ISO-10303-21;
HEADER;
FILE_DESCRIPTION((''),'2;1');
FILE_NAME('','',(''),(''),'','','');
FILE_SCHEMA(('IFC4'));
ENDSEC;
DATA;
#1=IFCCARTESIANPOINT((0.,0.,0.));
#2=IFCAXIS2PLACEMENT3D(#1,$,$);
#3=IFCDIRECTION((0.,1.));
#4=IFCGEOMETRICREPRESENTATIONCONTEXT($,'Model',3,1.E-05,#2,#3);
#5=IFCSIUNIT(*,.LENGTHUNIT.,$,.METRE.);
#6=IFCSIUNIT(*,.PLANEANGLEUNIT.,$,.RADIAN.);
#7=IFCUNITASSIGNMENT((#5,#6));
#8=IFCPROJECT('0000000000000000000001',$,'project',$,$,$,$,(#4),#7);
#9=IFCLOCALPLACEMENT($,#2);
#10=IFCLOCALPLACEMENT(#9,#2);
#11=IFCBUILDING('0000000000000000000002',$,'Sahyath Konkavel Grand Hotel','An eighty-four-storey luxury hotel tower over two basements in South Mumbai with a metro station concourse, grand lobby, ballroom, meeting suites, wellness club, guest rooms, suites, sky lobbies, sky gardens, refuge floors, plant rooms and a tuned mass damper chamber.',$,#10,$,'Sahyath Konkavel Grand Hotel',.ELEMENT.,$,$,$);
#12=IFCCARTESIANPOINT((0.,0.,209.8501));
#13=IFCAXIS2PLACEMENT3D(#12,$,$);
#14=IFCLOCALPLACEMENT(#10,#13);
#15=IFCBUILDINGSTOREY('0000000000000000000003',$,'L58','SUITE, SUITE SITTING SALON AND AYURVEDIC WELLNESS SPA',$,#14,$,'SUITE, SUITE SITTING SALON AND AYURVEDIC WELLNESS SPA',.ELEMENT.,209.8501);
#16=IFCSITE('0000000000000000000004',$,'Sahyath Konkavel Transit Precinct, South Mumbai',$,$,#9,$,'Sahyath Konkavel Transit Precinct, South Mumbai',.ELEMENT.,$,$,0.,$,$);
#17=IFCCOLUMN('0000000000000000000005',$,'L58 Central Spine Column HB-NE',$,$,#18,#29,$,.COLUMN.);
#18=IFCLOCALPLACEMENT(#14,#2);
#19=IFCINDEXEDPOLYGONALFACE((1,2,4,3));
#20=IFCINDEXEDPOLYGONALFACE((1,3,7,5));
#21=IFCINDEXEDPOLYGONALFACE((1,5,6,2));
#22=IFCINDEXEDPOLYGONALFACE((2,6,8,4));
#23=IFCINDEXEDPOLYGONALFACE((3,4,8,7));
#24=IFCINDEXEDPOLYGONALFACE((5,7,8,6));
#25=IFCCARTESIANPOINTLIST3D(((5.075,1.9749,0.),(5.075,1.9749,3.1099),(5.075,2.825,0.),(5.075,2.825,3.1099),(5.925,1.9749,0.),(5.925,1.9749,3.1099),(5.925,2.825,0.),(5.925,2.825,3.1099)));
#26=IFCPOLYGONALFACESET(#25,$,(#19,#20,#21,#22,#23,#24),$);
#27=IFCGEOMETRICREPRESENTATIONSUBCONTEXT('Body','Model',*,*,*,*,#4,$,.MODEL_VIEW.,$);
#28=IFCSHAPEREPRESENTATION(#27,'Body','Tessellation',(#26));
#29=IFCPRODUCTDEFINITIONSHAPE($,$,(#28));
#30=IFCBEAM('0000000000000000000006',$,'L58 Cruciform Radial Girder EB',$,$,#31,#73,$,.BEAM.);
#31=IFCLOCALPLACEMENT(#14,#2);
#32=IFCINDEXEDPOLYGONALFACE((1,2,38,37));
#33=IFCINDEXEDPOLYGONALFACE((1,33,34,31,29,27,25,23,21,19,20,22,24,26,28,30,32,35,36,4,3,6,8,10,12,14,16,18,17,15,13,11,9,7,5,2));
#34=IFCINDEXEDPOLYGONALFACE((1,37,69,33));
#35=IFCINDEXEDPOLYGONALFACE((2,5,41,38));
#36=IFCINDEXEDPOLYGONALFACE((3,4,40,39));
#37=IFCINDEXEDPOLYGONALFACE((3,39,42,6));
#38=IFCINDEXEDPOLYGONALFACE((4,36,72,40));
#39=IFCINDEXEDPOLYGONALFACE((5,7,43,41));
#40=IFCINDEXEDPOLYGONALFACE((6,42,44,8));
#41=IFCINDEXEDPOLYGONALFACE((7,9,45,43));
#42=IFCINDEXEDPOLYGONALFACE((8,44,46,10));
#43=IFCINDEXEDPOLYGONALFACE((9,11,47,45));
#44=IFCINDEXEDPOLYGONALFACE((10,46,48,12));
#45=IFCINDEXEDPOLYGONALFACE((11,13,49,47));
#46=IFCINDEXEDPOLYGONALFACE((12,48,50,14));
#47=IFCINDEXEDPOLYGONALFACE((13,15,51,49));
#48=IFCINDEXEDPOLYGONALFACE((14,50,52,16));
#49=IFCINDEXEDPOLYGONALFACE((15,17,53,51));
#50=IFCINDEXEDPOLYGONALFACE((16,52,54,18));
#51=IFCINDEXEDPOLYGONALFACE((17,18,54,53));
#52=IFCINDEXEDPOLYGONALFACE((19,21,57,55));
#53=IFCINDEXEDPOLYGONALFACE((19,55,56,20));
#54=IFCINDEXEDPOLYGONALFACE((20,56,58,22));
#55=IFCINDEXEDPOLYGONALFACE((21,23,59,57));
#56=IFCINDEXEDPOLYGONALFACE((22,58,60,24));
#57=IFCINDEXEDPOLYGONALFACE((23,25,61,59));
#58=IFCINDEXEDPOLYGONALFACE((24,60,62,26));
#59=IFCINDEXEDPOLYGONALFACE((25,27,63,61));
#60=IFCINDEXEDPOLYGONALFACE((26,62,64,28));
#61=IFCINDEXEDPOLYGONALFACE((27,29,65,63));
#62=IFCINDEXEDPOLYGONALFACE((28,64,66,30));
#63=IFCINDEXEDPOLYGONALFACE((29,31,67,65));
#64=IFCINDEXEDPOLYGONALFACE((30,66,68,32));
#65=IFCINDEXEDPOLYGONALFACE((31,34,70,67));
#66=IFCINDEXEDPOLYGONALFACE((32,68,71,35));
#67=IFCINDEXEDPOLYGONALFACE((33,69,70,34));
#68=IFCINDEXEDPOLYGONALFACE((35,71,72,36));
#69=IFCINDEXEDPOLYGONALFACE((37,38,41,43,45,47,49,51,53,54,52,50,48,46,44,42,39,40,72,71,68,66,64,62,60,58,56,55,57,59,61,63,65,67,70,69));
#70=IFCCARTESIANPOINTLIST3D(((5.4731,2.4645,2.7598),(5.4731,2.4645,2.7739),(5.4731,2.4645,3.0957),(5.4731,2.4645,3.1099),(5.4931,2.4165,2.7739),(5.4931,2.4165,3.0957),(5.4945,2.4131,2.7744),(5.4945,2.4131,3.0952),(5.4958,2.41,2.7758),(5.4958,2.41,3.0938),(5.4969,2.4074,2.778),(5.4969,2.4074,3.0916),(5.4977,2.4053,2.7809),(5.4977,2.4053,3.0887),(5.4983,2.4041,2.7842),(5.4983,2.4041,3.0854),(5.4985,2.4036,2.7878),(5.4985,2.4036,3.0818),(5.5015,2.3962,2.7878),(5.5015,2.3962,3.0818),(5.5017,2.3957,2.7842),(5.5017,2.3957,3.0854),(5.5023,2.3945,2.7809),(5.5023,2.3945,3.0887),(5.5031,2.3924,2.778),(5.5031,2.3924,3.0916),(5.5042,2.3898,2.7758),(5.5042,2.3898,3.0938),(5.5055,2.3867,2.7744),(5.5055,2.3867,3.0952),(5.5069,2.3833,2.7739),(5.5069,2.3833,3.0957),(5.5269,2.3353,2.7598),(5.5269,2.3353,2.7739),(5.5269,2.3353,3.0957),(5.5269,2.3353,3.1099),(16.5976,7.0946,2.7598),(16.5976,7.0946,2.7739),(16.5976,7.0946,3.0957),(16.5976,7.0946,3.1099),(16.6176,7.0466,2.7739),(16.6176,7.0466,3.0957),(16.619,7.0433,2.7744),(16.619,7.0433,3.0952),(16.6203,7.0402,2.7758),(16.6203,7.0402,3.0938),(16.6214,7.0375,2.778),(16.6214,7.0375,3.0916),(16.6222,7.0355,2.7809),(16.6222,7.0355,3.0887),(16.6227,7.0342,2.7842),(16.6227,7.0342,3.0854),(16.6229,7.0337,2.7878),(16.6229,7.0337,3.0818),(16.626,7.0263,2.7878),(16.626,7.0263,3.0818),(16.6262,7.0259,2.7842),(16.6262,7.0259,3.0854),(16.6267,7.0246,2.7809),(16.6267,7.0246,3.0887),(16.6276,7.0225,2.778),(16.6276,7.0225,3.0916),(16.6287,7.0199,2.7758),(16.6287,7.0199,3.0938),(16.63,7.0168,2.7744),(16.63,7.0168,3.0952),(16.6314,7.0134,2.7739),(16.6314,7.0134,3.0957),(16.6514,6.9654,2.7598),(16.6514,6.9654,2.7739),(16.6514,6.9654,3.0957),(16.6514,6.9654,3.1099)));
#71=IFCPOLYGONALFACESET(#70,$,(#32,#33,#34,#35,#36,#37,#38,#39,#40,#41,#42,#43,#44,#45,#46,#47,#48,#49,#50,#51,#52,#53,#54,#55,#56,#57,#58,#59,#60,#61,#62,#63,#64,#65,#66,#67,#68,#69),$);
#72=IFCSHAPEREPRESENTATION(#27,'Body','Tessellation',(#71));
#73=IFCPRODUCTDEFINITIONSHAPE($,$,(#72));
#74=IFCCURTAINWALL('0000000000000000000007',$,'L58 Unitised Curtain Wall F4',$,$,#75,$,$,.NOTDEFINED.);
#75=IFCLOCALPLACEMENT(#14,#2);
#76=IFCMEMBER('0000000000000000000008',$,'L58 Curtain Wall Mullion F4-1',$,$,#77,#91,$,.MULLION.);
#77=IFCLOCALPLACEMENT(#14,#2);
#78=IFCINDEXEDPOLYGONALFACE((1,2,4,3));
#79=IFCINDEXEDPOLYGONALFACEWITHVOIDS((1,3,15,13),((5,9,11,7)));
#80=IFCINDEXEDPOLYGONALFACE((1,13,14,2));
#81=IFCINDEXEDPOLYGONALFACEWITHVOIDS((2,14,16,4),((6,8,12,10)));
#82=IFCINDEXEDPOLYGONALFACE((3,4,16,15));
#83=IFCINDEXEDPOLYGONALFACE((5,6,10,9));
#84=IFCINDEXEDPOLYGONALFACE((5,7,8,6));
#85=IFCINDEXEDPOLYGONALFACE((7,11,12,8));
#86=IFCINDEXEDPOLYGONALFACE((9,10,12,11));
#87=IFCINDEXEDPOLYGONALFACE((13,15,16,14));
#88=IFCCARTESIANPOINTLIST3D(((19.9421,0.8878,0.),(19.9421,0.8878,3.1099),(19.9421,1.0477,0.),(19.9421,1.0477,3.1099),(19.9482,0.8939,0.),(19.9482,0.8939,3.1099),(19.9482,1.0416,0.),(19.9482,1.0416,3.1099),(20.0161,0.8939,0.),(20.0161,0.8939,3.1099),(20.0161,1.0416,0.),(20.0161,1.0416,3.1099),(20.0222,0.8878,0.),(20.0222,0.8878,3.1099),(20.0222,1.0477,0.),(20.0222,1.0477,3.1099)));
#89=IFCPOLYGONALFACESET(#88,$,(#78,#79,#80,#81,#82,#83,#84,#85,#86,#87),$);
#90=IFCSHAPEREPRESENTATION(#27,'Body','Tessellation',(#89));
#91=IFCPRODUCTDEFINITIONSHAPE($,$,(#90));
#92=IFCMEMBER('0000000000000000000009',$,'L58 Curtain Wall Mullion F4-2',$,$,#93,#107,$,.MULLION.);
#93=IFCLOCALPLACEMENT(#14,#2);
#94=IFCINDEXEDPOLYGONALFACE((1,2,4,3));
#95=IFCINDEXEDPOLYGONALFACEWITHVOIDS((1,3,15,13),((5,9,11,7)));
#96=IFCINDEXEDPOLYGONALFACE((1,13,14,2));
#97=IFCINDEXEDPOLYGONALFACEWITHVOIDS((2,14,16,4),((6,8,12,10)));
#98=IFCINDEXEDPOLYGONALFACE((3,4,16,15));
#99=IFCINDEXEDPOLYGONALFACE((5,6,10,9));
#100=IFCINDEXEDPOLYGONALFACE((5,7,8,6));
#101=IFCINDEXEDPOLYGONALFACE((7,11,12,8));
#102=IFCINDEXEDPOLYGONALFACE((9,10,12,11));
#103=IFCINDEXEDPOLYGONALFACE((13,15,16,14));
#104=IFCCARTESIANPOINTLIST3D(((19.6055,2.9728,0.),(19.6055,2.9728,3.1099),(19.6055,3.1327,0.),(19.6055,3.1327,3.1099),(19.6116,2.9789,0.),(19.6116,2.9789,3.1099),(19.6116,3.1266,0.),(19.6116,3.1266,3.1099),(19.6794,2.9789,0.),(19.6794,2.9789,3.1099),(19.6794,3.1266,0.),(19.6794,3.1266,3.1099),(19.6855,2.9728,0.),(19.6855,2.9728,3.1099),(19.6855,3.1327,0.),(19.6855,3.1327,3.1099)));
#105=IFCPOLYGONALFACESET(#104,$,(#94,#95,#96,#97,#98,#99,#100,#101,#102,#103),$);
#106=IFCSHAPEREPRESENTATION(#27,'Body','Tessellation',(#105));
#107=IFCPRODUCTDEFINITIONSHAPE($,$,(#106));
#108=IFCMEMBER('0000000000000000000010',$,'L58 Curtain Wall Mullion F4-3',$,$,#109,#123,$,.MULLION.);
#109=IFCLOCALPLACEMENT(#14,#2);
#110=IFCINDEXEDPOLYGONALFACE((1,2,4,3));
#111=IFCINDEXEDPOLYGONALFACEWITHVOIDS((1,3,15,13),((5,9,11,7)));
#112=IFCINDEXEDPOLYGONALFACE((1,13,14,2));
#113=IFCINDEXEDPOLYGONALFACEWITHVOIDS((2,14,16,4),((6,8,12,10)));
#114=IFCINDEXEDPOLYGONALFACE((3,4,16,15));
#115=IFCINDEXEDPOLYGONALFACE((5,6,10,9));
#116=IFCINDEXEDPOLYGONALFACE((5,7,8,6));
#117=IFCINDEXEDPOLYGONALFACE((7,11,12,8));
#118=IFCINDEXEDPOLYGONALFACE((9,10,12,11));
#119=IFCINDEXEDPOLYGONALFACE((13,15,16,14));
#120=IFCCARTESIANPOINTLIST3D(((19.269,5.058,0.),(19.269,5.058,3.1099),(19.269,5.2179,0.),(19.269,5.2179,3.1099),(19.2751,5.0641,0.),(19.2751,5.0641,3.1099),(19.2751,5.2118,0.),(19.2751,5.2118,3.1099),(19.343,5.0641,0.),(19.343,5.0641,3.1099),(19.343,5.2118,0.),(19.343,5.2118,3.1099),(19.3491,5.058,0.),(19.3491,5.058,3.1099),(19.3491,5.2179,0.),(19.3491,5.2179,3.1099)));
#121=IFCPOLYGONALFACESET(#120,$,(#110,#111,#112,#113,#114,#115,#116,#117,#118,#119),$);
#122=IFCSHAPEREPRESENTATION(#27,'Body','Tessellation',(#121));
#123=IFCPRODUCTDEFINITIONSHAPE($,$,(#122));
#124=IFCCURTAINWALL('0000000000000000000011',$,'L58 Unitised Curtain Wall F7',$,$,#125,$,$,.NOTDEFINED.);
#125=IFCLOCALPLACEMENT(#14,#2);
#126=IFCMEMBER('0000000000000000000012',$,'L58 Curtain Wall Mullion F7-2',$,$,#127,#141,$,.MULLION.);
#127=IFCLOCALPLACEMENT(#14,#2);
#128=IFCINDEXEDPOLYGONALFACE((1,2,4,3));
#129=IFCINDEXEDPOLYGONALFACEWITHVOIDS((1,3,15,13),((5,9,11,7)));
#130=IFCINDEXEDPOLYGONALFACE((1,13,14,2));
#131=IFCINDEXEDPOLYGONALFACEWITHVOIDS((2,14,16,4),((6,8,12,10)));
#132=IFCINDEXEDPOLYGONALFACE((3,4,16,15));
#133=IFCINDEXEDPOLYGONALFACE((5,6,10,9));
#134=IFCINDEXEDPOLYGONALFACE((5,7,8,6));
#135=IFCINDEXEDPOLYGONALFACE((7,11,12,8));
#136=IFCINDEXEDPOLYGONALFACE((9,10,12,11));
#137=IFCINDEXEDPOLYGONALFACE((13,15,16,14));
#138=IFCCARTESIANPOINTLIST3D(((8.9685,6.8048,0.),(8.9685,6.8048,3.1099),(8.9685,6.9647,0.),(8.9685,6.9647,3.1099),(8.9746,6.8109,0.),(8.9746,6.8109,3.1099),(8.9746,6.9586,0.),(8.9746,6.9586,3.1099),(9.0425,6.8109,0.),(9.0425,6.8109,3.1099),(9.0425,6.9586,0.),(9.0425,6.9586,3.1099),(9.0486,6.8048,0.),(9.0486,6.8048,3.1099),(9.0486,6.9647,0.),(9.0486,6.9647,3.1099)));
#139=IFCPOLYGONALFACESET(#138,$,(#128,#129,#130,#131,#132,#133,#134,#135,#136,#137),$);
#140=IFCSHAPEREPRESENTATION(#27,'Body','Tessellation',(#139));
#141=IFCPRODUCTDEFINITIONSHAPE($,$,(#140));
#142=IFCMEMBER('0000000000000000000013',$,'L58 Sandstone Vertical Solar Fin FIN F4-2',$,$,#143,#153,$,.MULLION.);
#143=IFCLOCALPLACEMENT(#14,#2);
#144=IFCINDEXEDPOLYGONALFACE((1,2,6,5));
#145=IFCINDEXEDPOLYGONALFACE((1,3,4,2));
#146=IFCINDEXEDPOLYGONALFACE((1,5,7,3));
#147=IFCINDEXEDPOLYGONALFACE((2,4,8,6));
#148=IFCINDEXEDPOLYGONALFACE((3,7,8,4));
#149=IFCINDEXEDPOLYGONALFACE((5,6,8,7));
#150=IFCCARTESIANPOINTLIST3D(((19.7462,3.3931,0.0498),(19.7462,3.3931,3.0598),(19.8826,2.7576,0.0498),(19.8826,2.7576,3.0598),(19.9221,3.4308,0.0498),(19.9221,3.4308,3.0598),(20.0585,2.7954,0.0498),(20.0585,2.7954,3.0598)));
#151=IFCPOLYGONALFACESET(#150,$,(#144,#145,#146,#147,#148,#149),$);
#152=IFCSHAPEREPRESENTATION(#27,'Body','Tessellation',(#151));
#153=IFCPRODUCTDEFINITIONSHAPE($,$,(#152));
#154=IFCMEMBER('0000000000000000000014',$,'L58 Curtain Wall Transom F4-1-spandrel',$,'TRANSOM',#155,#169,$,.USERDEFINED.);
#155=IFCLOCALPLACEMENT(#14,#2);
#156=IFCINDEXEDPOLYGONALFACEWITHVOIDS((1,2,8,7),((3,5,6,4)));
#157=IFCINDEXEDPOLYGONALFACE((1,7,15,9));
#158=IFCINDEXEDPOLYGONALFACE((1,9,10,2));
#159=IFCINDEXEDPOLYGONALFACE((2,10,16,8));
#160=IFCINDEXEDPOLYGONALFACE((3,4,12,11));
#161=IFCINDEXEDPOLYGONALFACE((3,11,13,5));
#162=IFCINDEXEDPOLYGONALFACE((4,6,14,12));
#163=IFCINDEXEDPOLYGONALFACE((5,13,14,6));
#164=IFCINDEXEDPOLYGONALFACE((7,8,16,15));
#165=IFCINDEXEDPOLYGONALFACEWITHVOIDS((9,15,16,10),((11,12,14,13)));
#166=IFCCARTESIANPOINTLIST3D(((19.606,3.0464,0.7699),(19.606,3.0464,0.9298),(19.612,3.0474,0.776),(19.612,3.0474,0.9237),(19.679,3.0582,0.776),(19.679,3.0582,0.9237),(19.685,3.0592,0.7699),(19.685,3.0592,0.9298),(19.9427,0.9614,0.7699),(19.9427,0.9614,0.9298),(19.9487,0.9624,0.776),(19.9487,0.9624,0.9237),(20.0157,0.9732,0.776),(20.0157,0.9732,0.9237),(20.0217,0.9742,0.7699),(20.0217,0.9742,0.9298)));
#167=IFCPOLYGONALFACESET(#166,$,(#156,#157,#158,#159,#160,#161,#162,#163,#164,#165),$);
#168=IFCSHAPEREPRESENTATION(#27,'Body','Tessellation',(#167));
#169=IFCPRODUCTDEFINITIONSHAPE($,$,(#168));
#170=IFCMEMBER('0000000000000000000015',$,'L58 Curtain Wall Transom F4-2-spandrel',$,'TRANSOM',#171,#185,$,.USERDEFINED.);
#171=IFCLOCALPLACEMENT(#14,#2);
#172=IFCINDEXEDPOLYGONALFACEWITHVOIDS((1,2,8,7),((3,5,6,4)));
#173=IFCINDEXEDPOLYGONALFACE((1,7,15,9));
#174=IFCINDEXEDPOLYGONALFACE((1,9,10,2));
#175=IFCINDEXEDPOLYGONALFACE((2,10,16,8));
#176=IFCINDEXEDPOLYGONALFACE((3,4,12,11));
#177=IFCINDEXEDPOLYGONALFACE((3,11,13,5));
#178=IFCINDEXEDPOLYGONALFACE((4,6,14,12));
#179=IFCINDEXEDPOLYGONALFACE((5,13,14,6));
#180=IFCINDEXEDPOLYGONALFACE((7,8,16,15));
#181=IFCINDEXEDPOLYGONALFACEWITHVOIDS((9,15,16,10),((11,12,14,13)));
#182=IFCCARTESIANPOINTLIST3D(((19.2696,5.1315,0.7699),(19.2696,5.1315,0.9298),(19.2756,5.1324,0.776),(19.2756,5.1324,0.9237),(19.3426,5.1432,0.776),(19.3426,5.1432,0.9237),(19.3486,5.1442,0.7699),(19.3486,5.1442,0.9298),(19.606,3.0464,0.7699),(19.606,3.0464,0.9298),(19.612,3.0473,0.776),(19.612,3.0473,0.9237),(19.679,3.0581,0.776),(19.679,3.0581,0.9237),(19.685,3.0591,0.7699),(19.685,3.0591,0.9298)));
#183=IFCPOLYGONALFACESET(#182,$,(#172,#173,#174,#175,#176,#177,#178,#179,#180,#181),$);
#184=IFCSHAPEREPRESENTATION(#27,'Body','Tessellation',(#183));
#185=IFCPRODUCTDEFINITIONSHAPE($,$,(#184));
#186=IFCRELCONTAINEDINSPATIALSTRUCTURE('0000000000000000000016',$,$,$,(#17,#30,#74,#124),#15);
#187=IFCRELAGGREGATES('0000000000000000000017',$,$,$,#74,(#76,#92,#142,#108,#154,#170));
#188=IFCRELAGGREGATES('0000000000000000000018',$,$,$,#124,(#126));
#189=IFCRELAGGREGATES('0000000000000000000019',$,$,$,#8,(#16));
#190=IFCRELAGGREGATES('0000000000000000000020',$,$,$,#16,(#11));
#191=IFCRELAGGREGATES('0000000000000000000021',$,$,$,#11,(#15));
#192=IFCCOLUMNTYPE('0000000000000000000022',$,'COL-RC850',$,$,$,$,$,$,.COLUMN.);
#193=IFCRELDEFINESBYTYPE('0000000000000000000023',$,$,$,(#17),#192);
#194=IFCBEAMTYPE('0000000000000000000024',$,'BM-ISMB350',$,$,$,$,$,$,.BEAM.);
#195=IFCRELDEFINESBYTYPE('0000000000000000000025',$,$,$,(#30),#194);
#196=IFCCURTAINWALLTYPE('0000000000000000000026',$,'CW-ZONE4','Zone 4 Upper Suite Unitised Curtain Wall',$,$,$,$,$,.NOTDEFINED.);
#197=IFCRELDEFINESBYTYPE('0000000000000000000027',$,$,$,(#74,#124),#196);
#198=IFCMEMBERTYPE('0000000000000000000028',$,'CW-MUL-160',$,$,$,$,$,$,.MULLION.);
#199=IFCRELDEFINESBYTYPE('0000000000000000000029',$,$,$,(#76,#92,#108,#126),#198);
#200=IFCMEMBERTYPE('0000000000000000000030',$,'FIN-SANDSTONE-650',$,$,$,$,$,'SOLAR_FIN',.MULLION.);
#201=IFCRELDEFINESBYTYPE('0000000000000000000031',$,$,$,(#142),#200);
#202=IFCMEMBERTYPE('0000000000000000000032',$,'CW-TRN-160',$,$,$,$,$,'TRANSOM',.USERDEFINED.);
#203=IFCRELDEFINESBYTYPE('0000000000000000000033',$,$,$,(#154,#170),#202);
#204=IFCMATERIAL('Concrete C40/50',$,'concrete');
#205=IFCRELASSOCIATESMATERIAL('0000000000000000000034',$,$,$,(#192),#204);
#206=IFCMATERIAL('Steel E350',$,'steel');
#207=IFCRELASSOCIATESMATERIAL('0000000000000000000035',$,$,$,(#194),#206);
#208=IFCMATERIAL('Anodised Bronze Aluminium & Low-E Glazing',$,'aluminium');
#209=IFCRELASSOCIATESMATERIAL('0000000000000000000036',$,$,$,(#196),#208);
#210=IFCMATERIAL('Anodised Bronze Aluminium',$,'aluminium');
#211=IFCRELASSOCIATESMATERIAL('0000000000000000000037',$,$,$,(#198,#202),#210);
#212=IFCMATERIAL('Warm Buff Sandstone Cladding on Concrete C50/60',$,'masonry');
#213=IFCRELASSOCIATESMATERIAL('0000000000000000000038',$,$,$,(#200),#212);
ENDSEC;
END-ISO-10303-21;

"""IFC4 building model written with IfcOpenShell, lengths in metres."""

from ifc_helpers import new_model, si_unit, direction, frame, origin, origin_2d, place, context, subcontext, project, spatial, rectangle, hollow_rectangle, i_section, extrude, source, transform, mapped, material, material_profile, profile_set, type_object, element, aggregate, save


model = new_model("IFC4")

# Units and contexts
model_context = context("Model", 3, precision=1e-05, world=origin(), true_north=direction((0.0, 1.0)))
body_context = subcontext(model_context, "Body", "Model", "MODEL_VIEW")
ifc_project = project(units=[si_unit("LENGTHUNIT", "METRE"), si_unit("PLANEANGLEUNIT", "RADIAN")], contexts=[model_context])

# Site, building, storey
site_placement = place(None, origin())
site = spatial("IfcSite", under=ifc_project, at=site_placement, Name="Sahyath Konkavel Transit Precinct, South Mumbai", LongName="Sahyath Konkavel Transit Precinct, South Mumbai", CompositionType="ELEMENT", RefElevation=0.0)
building_placement = place(site_placement, origin())
building = spatial("IfcBuilding", under=site, at=building_placement, Name="Sahyath Konkavel Grand Hotel", Description="An eighty-four-storey luxury hotel tower over two basements in South Mumbai with a metro station concourse, grand lobby, ballroom, meeting suites, wellness club, guest rooms, suites, sky lobbies, sky gardens, refuge floors, plant rooms and a tuned mass damper chamber.", LongName="Sahyath Konkavel Grand Hotel", CompositionType="ELEMENT")
storey_placement = place(building_placement, frame((0.0, 0.0, 209.8501)))
storey = spatial("IfcBuildingStorey", under=building, at=storey_placement, Name="L58", Description="SUITE, SUITE SITTING SALON AND AYURVEDIC WELLNESS SPA", LongName="SUITE, SUITE SITTING SALON AND AYURVEDIC WELLNESS SPA", CompositionType="ELEMENT", Elevation=209.8501)

# Column
ifc_material_1 = material(Name="Concrete C40/50", Category="concrete")
ifc_material_profile_1 = material_profile(ifc_material_1, rectangle(XDim=0.8501, YDim=0.8501, at=origin_2d()), Name="RC 850x850")
ifc_profile_set_1 = profile_set([ifc_material_profile_1], Name="Concrete C40/50")
column_type = type_object("IfcColumnType", Name="COL-RC850", PredefinedType="COLUMN", material=ifc_profile_set_1)
shared_shape_1 = source(origin(), body_context, "Body", "SweptSolid", [
    extrude(rectangle(XDim=0.8501, YDim=0.8501, at=origin_2d()), origin(), (0.0, 0.0, 1.0), 3.1099),
])
column_placement = place(storey_placement, frame((5.5, 2.3999, 0.0), z_axis=(0.0, 0.0, 1.0), x_axis=(1.0, 0.0, 0.0)))
element("IfcColumn", 1, at=column_placement, inside=storey, type_object=column_type, Name="L58 Central Spine Column HB-NE", PredefinedType="COLUMN", context=body_context, shape_type="MappedRepresentation", body=[
    mapped(shared_shape_1, transform((0.0, 0.0, 0.0), scale=1.0)),
])

# Beam
ifc_material_2 = material(Name="Steel E350", Category="steel")
ifc_material_profile_2 = material_profile(ifc_material_2, i_section(OverallWidth=0.1399, OverallDepth=0.3501, WebThickness=0.0081, FlangeThickness=0.0142, FilletRadius=0.0139, at=origin_2d()), Name="ISMB 350")
ifc_profile_set_2 = profile_set([ifc_material_profile_2], Name="Steel E350")
beam_type_1 = type_object("IfcBeamType", Name="BM-ISMB350", PredefinedType="BEAM", material=ifc_profile_set_2)
shared_shape_2 = source(origin(), body_context, "Body", "SweptSolid", [
    extrude(i_section(OverallWidth=0.1399, OverallDepth=0.3501, WebThickness=0.0081, FlangeThickness=0.0142, FilletRadius=0.0139, at=origin_2d()), origin(), (0.0, 0.0, 1.0), 12.0496),
])
beam_1_placement = place(storey_placement, frame((5.5, 2.3999, 2.9348), z_axis=(0.923227, 0.384256, 0.0), x_axis=(-0.384256, 0.923227, 0.0)))
element("IfcBeam", 2, at=beam_1_placement, inside=storey, type_object=beam_type_1, Name="L58 Cruciform Radial Girder EB", PredefinedType="BEAM", context=body_context, shape_type="MappedRepresentation", body=[
    mapped(shared_shape_2, transform((0.0, 0.0, 0.0), scale=1.0)),
])

# Curtain wall, members
ifc_material_3 = material(Name="Anodised Bronze Aluminium & Low-E Glazing", Category="aluminium")
curtain_wall_type = type_object("IfcCurtainWallType", Name="CW-ZONE4", Description="Zone 4 Upper Suite Unitised Curtain Wall", PredefinedType="NOTDEFINED", material=ifc_material_3)
curtain_wall_1_placement = place(storey_placement, origin())
curtain_wall_1 = element("IfcCurtainWall", 3, at=curtain_wall_1_placement, inside=storey, type_object=curtain_wall_type, Name="L58 Unitised Curtain Wall F4", PredefinedType="NOTDEFINED")
ifc_material_4 = material(Name="Anodised Bronze Aluminium", Category="aluminium")
ifc_material_profile_3 = material_profile(ifc_material_4, hollow_rectangle(XDim=0.0801, YDim=0.1599, WallThickness=0.0061, at=origin_2d()), Name="RHS 160x80x6")
ifc_profile_set_3 = profile_set([ifc_material_profile_3], Name="Anodised Bronze Aluminium")
member_type_1 = type_object("IfcMemberType", Name="CW-MUL-160", PredefinedType="MULLION", material=ifc_profile_set_3)
shared_shape_3 = source(origin(), body_context, "Body", "SweptSolid", [
    extrude(hollow_rectangle(XDim=0.0801, YDim=0.1599, WallThickness=0.0061, at=origin_2d()), origin(), (0.0, 0.0, 1.0), 3.1099),
])
member_1_placement = place(storey_placement, frame((19.9822, 0.9678, 0.0), z_axis=(0.0, 0.0, 1.0), x_axis=(1.0, 0.0, 0.0)))
member_1 = element("IfcMember", 4, at=member_1_placement, type_object=member_type_1, Name="L58 Curtain Wall Mullion F4-1", PredefinedType="MULLION", context=body_context, shape_type="MappedRepresentation", body=[
    mapped(shared_shape_3, transform((0.0, 0.0, 0.0), scale=1.0)),
])
member_2_placement = place(storey_placement, frame((19.6455, 3.0527, 0.0), z_axis=(0.0, 0.0, 1.0), x_axis=(1.0, 0.0, 0.0)))
member_2 = element("IfcMember", 5, at=member_2_placement, type_object=member_type_1, Name="L58 Curtain Wall Mullion F4-2", PredefinedType="MULLION", context=body_context, shape_type="MappedRepresentation", body=[
    mapped(shared_shape_3, transform((0.0, 0.0, 0.0), scale=1.0)),
])
member_3_placement = place(storey_placement, frame((19.3091, 5.1379, 0.0), z_axis=(0.0, 0.0, 1.0), x_axis=(1.0, 0.0, 0.0)))
member_3 = element("IfcMember", 6, at=member_3_placement, type_object=member_type_1, Name="L58 Curtain Wall Mullion F4-3", PredefinedType="MULLION", context=body_context, shape_type="MappedRepresentation", body=[
    mapped(shared_shape_3, transform((0.0, 0.0, 0.0), scale=1.0)),
])

# Curtain wall, member
curtain_wall_2_placement = place(storey_placement, origin())
curtain_wall_2 = element("IfcCurtainWall", 7, at=curtain_wall_2_placement, inside=storey, type_object=curtain_wall_type, Name="L58 Unitised Curtain Wall F7", PredefinedType="NOTDEFINED")
member_4_placement = place(storey_placement, frame((9.0085, 6.8848, 0.0), z_axis=(0.0, 0.0, 1.0), x_axis=(1.0, 0.0, 0.0)))
member_4 = element("IfcMember", 8, at=member_4_placement, type_object=member_type_1, Name="L58 Curtain Wall Mullion F7-2", PredefinedType="MULLION", context=body_context, shape_type="MappedRepresentation", body=[
    mapped(shared_shape_3, transform((0.0, 0.0, 0.0), scale=1.0)),
])

# Members
ifc_material_5 = material(Name="Warm Buff Sandstone Cladding on Concrete C50/60", Category="masonry")
ifc_material_profile_4 = material_profile(ifc_material_5, rectangle(XDim=0.1799, YDim=0.6499, at=origin_2d()), Name="FIN 180x650")
ifc_profile_set_4 = profile_set([ifc_material_profile_4], Name="Warm Buff Sandstone Cladding on Concrete C50/60")
member_type_2 = type_object("IfcMemberType", Name="FIN-SANDSTONE-650", ElementType="SOLAR_FIN", PredefinedType="MULLION", material=ifc_profile_set_4)
shared_shape_4 = source(origin(), body_context, "Body", "SweptSolid", [
    extrude(rectangle(XDim=0.1799, YDim=0.6499, at=origin_2d()), origin(), (0.0, 0.0, 1.0), 3.01),
])
member_5_placement = place(storey_placement, frame((19.9023, 3.0942, 0.0498), z_axis=(0.0, 0.0, 1.0), x_axis=(0.977747, 0.209789, 0.0)))
member_5 = element("IfcMember", 9, at=member_5_placement, type_object=member_type_2, Name="L58 Sandstone Vertical Solar Fin FIN F4-2", PredefinedType="MULLION", context=body_context, shape_type="MappedRepresentation", body=[
    mapped(shared_shape_4, transform((0.0, 0.0, 0.0), scale=1.0)),
])
ifc_material_profile_5 = material_profile(ifc_material_4, hollow_rectangle(XDim=0.0801, YDim=0.1599, WallThickness=0.0061, at=origin_2d()), Name="RHS 160x80x6")
ifc_profile_set_5 = profile_set([ifc_material_profile_5], Name="Anodised Bronze Aluminium")
member_type_3 = type_object("IfcMemberType", Name="CW-TRN-160", ElementType="TRANSOM", PredefinedType="USERDEFINED", material=ifc_profile_set_5)
shared_shape_5 = source(origin(), body_context, "Body", "SweptSolid", [
    extrude(hollow_rectangle(XDim=0.0801, YDim=0.1599, WallThickness=0.0061, at=origin_2d()), origin(), (0.0, 0.0, 1.0), 2.1121),
])
member_6_placement = place(storey_placement, frame((19.9822, 0.9678, 0.8499), z_axis=(-0.159411, 0.987212, 0.0), x_axis=(-0.987212, -0.159411, 0.0)))
member_6 = element("IfcMember", 10, at=member_6_placement, type_object=member_type_3, Name="L58 Curtain Wall Transom F4-1-spandrel", ObjectType="TRANSOM", PredefinedType="USERDEFINED", context=body_context, shape_type="MappedRepresentation", body=[
    mapped(shared_shape_5, transform((0.0, 0.0, 0.0), scale=1.0)),
])
member_7_placement = place(storey_placement, frame((19.6455, 3.0527, 0.8499), z_axis=(-0.15928, 0.987233, 0.0), x_axis=(-0.987233, -0.15928, 0.0)))
member_7 = element("IfcMember", 11, at=member_7_placement, type_object=member_type_3, Name="L58 Curtain Wall Transom F4-2-spandrel", ObjectType="TRANSOM", PredefinedType="USERDEFINED", context=body_context, shape_type="MappedRepresentation", body=[
    mapped(shared_shape_5, transform((0.0, 0.0, 0.0), scale=1.0)),
])

aggregate(curtain_wall_1, [member_1, member_2, member_5, member_3, member_6, member_7])
aggregate(curtain_wall_2, [member_4])

save(model, "model.ifc")
